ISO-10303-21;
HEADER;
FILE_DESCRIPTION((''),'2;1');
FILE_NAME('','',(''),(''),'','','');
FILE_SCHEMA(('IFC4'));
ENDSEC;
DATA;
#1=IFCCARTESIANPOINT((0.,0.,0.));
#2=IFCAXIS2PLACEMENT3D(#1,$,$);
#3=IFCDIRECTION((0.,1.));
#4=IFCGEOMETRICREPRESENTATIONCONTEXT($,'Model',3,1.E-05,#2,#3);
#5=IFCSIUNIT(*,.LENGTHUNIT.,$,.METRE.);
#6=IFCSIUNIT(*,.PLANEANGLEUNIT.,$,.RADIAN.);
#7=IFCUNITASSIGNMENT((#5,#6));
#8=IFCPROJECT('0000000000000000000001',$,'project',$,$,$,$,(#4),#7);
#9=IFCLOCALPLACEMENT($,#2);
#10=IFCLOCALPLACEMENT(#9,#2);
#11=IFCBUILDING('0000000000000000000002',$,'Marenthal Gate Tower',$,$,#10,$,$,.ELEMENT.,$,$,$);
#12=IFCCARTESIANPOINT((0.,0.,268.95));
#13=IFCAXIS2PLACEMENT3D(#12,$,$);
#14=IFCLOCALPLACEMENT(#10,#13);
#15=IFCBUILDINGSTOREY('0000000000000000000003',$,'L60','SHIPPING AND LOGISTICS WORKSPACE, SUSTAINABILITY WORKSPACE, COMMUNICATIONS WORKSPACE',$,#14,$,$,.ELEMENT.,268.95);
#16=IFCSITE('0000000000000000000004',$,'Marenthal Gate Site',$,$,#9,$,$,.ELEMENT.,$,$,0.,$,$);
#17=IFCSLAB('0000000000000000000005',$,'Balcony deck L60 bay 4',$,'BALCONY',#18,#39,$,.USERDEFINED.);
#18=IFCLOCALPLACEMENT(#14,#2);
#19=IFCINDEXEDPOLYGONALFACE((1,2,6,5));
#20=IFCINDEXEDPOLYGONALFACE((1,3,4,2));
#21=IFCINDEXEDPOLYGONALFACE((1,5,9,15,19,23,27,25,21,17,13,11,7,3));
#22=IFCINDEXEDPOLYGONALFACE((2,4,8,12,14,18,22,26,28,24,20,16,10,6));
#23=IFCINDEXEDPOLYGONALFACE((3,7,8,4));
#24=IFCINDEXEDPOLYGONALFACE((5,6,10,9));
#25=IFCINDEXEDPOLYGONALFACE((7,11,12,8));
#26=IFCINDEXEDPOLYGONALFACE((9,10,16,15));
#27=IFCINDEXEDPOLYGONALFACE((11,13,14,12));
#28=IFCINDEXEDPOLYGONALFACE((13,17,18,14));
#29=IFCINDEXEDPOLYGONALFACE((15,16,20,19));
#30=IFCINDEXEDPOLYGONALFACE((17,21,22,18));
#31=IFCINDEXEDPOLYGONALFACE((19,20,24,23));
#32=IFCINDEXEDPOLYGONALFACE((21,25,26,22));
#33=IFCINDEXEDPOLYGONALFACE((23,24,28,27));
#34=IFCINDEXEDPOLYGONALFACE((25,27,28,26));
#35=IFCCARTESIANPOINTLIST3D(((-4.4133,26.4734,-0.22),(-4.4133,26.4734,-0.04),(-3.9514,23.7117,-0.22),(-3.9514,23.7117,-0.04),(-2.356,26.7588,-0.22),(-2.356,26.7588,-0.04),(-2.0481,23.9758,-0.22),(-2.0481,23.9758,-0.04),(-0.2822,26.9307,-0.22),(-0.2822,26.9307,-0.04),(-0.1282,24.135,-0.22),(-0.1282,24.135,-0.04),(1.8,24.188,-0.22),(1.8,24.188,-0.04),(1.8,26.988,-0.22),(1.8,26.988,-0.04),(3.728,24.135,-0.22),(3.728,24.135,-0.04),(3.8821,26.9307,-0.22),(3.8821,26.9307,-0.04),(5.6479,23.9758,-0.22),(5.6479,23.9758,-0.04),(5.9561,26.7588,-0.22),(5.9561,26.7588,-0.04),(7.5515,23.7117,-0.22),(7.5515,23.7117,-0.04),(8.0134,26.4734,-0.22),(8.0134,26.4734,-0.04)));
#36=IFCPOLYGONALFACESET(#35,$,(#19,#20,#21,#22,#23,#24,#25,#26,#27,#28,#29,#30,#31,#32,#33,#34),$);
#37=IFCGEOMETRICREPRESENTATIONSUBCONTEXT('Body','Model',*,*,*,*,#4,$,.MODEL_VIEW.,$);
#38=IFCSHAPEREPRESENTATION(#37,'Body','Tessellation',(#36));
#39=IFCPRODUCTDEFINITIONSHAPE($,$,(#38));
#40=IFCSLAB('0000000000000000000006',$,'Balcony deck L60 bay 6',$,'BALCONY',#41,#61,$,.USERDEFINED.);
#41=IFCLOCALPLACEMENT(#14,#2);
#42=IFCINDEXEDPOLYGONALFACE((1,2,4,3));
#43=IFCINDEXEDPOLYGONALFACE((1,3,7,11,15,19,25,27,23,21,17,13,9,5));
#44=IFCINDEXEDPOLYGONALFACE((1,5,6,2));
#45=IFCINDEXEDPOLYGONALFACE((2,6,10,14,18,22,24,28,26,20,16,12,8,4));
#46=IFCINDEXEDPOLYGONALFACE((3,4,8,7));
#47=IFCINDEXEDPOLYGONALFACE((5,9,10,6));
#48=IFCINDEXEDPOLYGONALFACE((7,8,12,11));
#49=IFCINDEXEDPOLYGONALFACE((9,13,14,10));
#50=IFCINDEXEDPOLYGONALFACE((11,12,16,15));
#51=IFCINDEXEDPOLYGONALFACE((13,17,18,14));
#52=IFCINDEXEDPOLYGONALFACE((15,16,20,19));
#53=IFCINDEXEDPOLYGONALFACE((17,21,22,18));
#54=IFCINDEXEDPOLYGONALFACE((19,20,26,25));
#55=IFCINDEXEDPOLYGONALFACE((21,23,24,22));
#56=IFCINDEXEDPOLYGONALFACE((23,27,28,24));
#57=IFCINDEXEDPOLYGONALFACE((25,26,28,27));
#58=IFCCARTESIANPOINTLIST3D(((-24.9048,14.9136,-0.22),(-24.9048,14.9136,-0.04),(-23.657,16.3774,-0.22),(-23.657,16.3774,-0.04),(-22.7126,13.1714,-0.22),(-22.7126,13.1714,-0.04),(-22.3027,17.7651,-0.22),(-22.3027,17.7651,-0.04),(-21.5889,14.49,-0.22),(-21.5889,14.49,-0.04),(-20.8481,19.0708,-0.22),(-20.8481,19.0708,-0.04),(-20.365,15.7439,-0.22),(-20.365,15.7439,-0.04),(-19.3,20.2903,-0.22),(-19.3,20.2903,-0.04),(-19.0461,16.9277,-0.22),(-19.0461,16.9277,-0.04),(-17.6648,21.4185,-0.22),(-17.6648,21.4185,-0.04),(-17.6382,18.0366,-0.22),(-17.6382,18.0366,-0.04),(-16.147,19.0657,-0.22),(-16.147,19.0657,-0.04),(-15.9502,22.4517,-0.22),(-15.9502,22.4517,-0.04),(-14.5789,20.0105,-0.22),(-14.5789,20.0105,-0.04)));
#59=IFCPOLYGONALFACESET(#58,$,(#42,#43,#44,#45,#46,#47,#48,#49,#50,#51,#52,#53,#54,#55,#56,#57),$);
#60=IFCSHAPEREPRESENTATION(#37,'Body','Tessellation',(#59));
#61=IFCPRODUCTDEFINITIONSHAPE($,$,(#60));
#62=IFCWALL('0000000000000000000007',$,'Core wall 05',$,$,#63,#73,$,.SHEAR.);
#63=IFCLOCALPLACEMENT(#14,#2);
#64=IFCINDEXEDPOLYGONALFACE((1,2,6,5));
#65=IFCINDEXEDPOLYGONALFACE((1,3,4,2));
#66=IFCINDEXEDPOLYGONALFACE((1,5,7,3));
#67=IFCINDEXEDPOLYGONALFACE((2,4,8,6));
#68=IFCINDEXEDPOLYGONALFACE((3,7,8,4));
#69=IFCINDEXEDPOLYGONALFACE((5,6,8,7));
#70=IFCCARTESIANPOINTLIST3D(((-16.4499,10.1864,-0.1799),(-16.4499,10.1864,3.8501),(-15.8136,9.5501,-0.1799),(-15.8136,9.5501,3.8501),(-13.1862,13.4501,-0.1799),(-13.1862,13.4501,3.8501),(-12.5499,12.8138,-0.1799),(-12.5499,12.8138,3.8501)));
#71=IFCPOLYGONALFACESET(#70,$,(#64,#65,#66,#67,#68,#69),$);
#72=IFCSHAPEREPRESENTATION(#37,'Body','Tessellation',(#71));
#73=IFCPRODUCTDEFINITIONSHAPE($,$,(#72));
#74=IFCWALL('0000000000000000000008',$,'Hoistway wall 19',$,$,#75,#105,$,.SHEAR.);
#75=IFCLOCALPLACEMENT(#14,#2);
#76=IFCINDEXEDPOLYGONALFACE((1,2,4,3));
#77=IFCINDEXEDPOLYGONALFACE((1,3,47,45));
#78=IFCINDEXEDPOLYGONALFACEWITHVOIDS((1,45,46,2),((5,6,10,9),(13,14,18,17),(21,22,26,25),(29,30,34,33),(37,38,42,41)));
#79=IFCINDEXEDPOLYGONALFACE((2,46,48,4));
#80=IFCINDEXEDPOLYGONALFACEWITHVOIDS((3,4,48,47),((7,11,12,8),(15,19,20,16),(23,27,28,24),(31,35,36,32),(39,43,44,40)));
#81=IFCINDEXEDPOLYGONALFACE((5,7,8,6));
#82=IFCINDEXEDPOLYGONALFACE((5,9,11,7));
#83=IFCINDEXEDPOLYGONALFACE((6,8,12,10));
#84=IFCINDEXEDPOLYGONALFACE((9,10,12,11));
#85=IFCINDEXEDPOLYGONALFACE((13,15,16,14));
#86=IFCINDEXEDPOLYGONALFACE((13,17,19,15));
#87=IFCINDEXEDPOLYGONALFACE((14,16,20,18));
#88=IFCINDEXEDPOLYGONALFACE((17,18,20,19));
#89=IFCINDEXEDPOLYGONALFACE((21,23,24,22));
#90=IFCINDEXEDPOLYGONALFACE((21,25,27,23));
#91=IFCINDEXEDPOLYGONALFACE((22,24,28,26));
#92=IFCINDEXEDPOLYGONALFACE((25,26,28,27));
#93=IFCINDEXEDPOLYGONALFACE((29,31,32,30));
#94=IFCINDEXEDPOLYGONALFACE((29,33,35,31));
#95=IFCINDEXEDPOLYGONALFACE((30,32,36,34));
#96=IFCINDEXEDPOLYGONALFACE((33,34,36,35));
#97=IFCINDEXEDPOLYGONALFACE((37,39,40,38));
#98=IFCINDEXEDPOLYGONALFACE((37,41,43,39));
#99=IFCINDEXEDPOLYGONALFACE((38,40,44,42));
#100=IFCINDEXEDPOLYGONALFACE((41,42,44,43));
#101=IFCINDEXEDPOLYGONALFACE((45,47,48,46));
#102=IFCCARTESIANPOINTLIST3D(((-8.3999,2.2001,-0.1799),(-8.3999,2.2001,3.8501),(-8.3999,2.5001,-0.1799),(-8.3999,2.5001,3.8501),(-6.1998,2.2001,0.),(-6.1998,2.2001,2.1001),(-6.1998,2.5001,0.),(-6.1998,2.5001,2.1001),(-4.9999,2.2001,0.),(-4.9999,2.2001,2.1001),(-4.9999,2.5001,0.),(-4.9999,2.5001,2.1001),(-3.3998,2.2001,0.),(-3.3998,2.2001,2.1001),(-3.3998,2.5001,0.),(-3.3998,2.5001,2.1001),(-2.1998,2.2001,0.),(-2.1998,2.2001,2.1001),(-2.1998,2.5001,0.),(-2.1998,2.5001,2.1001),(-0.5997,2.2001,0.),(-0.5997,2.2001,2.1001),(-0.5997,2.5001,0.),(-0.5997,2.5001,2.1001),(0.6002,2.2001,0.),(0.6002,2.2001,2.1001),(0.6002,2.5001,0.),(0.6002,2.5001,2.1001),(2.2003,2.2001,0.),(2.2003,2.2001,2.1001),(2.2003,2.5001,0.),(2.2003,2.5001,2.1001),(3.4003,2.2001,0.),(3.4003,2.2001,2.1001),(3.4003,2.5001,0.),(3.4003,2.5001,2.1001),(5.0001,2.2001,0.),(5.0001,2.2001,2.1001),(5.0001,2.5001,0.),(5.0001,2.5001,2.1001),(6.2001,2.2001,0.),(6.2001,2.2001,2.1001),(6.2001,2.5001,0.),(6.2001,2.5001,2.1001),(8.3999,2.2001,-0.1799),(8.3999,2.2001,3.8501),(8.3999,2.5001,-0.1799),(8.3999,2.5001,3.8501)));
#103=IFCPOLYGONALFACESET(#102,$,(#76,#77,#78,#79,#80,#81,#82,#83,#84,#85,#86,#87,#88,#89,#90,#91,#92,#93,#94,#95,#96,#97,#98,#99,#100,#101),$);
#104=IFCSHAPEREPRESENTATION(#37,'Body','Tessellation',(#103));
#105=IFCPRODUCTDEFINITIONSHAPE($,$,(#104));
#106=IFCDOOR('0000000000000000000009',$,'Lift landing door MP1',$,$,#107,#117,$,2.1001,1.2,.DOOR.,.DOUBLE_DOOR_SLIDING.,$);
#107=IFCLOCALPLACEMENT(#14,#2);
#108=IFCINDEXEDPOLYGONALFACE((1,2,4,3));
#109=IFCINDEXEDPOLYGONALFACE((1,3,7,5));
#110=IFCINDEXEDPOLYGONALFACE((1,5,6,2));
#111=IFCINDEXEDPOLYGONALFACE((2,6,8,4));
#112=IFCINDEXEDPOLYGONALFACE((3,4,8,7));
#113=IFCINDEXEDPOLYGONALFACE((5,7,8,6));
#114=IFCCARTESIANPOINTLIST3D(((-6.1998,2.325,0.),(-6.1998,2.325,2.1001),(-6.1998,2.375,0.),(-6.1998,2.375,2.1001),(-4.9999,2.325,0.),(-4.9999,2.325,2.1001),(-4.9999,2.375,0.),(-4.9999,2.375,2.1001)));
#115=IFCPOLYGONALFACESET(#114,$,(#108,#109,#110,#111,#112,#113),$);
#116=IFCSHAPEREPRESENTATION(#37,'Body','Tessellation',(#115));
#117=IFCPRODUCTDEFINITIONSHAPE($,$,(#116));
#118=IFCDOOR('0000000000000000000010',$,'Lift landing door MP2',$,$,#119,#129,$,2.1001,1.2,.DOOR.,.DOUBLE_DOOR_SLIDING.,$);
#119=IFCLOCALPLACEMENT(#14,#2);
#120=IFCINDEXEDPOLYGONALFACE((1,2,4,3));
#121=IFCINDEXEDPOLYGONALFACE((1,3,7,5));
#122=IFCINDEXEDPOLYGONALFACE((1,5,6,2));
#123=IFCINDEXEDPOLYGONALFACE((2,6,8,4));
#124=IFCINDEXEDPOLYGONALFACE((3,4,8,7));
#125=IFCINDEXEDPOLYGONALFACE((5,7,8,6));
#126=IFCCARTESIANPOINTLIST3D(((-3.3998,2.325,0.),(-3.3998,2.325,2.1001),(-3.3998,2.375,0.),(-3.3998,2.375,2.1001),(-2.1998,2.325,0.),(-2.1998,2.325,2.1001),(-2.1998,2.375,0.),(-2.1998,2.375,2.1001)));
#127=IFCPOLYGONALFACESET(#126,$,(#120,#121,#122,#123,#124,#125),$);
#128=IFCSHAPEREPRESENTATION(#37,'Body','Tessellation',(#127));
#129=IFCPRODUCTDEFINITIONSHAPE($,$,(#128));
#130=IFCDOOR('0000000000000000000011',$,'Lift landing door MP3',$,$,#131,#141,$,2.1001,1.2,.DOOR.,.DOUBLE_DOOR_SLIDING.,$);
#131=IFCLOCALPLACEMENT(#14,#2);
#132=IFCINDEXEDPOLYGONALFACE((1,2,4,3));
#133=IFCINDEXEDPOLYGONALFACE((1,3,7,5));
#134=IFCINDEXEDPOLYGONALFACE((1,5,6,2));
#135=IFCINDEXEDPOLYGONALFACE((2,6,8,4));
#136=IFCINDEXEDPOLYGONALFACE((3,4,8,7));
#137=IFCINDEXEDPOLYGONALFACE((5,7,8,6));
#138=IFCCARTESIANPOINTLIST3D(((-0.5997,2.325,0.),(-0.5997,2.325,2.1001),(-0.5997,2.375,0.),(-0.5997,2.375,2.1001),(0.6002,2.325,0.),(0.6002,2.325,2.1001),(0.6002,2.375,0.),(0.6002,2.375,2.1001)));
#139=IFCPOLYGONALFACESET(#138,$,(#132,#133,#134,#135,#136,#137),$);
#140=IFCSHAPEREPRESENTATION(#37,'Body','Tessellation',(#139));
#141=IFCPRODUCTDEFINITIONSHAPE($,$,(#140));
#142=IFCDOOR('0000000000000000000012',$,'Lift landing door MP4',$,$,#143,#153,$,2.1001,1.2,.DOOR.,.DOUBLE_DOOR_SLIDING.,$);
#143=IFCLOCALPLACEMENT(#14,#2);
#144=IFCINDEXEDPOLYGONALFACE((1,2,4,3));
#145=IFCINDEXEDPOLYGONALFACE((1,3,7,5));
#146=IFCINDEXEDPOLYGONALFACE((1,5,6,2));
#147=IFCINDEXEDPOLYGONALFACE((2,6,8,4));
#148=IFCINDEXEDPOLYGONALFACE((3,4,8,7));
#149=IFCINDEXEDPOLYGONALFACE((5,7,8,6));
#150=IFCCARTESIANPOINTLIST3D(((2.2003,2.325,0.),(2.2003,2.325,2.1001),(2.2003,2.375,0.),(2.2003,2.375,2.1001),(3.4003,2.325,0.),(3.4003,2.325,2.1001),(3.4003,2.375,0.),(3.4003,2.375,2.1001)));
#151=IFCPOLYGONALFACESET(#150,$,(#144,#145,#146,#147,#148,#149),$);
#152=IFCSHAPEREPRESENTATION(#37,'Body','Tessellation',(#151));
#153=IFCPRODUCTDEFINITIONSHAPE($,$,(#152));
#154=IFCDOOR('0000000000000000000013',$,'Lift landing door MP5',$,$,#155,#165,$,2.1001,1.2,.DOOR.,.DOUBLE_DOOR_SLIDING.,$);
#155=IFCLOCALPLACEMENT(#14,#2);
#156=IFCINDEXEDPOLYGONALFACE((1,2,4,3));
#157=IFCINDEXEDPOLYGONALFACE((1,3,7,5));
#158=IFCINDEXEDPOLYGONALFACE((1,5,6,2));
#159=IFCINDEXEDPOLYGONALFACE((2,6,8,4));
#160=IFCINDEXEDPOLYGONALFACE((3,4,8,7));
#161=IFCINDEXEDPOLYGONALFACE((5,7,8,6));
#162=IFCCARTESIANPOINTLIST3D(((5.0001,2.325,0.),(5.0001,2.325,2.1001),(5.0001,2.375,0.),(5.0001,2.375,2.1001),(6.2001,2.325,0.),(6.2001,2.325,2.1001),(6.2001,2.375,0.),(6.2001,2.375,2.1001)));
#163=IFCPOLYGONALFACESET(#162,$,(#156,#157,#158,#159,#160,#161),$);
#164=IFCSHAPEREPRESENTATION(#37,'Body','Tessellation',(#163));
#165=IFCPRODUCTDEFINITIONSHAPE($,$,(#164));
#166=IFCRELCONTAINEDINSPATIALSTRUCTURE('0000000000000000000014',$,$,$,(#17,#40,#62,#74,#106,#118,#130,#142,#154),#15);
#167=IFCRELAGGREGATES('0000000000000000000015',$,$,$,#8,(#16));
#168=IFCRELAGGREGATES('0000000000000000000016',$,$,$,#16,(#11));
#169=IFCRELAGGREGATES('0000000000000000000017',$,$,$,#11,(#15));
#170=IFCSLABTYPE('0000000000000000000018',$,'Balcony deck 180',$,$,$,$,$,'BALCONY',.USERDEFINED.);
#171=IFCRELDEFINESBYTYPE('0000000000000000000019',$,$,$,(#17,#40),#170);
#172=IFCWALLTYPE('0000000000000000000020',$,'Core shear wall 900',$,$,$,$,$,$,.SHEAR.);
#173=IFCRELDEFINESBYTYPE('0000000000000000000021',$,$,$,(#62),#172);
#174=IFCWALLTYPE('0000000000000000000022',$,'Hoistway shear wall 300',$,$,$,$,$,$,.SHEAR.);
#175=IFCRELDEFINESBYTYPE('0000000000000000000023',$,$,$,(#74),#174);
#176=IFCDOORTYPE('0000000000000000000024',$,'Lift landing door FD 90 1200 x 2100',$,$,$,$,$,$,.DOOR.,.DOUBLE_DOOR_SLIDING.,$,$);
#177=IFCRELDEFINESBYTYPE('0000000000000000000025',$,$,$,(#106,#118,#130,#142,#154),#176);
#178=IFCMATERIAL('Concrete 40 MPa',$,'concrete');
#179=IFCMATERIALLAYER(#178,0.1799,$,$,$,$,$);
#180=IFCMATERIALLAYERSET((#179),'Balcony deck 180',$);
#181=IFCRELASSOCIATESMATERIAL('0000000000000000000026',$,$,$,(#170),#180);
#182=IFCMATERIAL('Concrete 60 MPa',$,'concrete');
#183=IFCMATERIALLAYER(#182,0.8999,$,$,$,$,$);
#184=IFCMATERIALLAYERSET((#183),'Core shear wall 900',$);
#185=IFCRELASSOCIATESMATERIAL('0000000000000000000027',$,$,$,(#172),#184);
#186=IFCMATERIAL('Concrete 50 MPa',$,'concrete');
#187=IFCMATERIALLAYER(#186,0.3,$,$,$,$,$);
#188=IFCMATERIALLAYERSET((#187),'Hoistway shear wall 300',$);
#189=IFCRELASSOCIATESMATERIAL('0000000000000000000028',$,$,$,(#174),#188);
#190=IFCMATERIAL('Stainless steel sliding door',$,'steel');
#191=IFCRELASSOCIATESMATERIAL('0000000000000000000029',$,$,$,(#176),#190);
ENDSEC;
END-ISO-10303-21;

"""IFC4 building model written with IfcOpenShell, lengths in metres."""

from ifc_helpers import new_model, si_unit, direction, frame, frame_2d, origin, place, context, subcontext, project, spatial, polyline, rectangle, outline, extrude, material, layer, layer_set, type_object, element, fill, save


model = new_model("IFC4")

# Units and contexts
model_context = context("Model", 3, precision=1e-05, world=origin(), true_north=direction((0.0, 1.0)))
body_context = subcontext(model_context, "Body", "Model", "MODEL_VIEW")
ifc_project = project(units=[si_unit("LENGTHUNIT", "METRE"), si_unit("PLANEANGLEUNIT", "RADIAN")], contexts=[model_context])

# Site, building, storey
site_placement = place(None, origin())
site = spatial("IfcSite", under=ifc_project, at=site_placement, Name="Marenthal Gate Site", CompositionType="ELEMENT", RefElevation=0.0)
building_placement = place(site_placement, origin())
building = spatial("IfcBuilding", under=site, at=building_placement, Name="Marenthal Gate Tower", CompositionType="ELEMENT")
storey_placement = place(building_placement, frame((0.0, 0.0, 268.95)))
storey = spatial("IfcBuildingStorey", under=building, at=storey_placement, Name="L60", Description="SHIPPING AND LOGISTICS WORKSPACE, SUSTAINABILITY WORKSPACE, COMMUNICATIONS WORKSPACE", CompositionType="ELEMENT", Elevation=268.95)

# Slabs
ifc_material_1 = material(Name="Concrete 40 MPa", Category="concrete")
ifc_layer_1 = layer(ifc_material_1, 0.1799)
ifc_layer_set_1 = layer_set([ifc_layer_1], Name="Balcony deck 180")
slab_type = type_object("IfcSlabType", Name="Balcony deck 180", ElementType="BALCONY", PredefinedType="USERDEFINED", material=ifc_layer_set_1)
slab_1_placement = place(storey_placement, frame((0.0, 0.0, -0.22)))
element("IfcSlab", 1, at=slab_1_placement, inside=storey, type_object=slab_type, Name="Balcony deck L60 bay 4", ObjectType="BALCONY", PredefinedType="USERDEFINED", context=body_context, shape_type="SweptSolid", body=[
    extrude(outline(polyline([(7.5515, 23.7117), (5.6479, 23.9758), (3.728, 24.135), (1.8, 24.188), (-0.1282, 24.135), (-2.0481, 23.9758), (-3.9514, 23.7117), (-4.4133, 26.4734), (-2.356, 26.7588), (-0.2822, 26.9307), (1.8, 26.988), (3.8821, 26.9307), (5.9561, 26.7588), (8.0134, 26.4734), (7.5515, 23.7117)])), origin(), (0.0, 0.0, 1.0), 0.1799),
])
slab_2_placement = place(storey_placement, frame((0.0, 0.0, -0.22)))
element("IfcSlab", 2, at=slab_2_placement, inside=storey, type_object=slab_type, Name="Balcony deck L60 bay 6", ObjectType="BALCONY", PredefinedType="USERDEFINED", context=body_context, shape_type="SweptSolid", body=[
    extrude(outline(polyline([(-14.5789, 20.0105), (-16.147, 19.0657), (-17.6382, 18.0366), (-19.0461, 16.9277), (-20.365, 15.7439), (-21.5889, 14.49), (-22.7126, 13.1714), (-24.9048, 14.9136), (-23.657, 16.3774), (-22.3027, 17.7651), (-20.8481, 19.0708), (-19.3, 20.2903), (-17.6648, 21.4185), (-15.9502, 22.4517), (-14.5789, 20.0105)])), origin(), (0.0, 0.0, 1.0), 0.1799),
])

# Wall
ifc_material_2 = material(Name="Concrete 60 MPa", Category="concrete")
ifc_layer_2 = layer(ifc_material_2, 0.8999)
ifc_layer_set_2 = layer_set([ifc_layer_2], Name="Core shear wall 900")
wall_type_1 = type_object("IfcWallType", Name="Core shear wall 900", PredefinedType="SHEAR", material=ifc_layer_set_2)
wall_1_placement = place(storey_placement, frame((-12.8682, 13.1318, -0.1799), z_axis=(0.0, 0.0, 1.0), x_axis=(-0.707107, -0.707107, 0.0)))
element("IfcWall", 3, at=wall_1_placement, inside=storey, type_object=wall_type_1, Name="Core wall 05", PredefinedType="SHEAR", context=body_context, shape_type="SweptSolid", body=[
    extrude(rectangle(XDim=4.6155, YDim=0.8999, at=frame_2d((2.3076, 0.0))), origin(), (0.0, 0.0, 1.0), 4.03),
])

# Wall, openings, doors
ifc_material_3 = material(Name="Concrete 50 MPa", Category="concrete")
ifc_layer_3 = layer(ifc_material_3, 0.3)
ifc_layer_set_3 = layer_set([ifc_layer_3], Name="Hoistway shear wall 300")
wall_type_2 = type_object("IfcWallType", Name="Hoistway shear wall 300", PredefinedType="SHEAR", material=ifc_layer_set_3)
wall_2_placement = place(storey_placement, frame((-8.3999, 2.3501, -0.1799), z_axis=(0.0, 0.0, 1.0), x_axis=(1.0, 0.0, 0.0)))
wall_2 = element("IfcWall", 4, at=wall_2_placement, inside=storey, type_object=wall_type_2, Name="Hoistway wall 19", PredefinedType="SHEAR", context=body_context, shape_type="SweptSolid", body=[
    extrude(rectangle(XDim=16.7998, YDim=0.3, at=frame_2d((8.3999, 0.0))), origin(), (0.0, 0.0, 1.0), 4.03),
])
opening_1_placement = place(wall_2_placement, frame((2.2, 0.0, 0.1799)))
opening_1 = element("IfcOpeningElement", 5, at=opening_1_placement, cuts=wall_2, PredefinedType="OPENING", context=body_context, shape_type="SweptSolid", body=[
    extrude(rectangle(XDim=1.2, YDim=2.1001, at=frame_2d((0.6001, 1.05))), frame((0.0, 0.1602, 0.0), z_axis=(0.0, -1.0, 0.0), x_axis=(1.0, 0.0, 0.0)), (0.0, 0.0, 1.0), 0.3201),
])
opening_2_placement = place(wall_2_placement, frame((5.0, 0.0, 0.1799)))
opening_2 = element("IfcOpeningElement", 6, at=opening_2_placement, cuts=wall_2, PredefinedType="OPENING", context=body_context, shape_type="SweptSolid", body=[
    extrude(rectangle(XDim=1.2, YDim=2.1001, at=frame_2d((0.6001, 1.05))), frame((0.0, 0.1602, 0.0), z_axis=(0.0, -1.0, 0.0), x_axis=(1.0, 0.0, 0.0)), (0.0, 0.0, 1.0), 0.3201),
])
opening_3_placement = place(wall_2_placement, frame((7.8, 0.0, 0.1799)))
opening_3 = element("IfcOpeningElement", 7, at=opening_3_placement, cuts=wall_2, PredefinedType="OPENING", context=body_context, shape_type="SweptSolid", body=[
    extrude(rectangle(XDim=1.2, YDim=2.1001, at=frame_2d((0.6001, 1.05))), frame((0.0, 0.1602, 0.0), z_axis=(0.0, -1.0, 0.0), x_axis=(1.0, 0.0, 0.0)), (0.0, 0.0, 1.0), 0.3201),
])
opening_4_placement = place(wall_2_placement, frame((10.6001, 0.0, 0.1799)))
opening_4 = element("IfcOpeningElement", 8, at=opening_4_placement, cuts=wall_2, PredefinedType="OPENING", context=body_context, shape_type="SweptSolid", body=[
    extrude(rectangle(XDim=1.2, YDim=2.1001, at=frame_2d((0.6001, 1.05))), frame((0.0, 0.1602, 0.0), z_axis=(0.0, -1.0, 0.0), x_axis=(1.0, 0.0, 0.0)), (0.0, 0.0, 1.0), 0.3201),
])
opening_5_placement = place(wall_2_placement, frame((13.3999, 0.0, 0.1799)))
opening_5 = element("IfcOpeningElement", 9, at=opening_5_placement, cuts=wall_2, PredefinedType="OPENING", context=body_context, shape_type="SweptSolid", body=[
    extrude(rectangle(XDim=1.2, YDim=2.1001, at=frame_2d((0.6001, 1.05))), frame((0.0, 0.1602, 0.0), z_axis=(0.0, -1.0, 0.0), x_axis=(1.0, 0.0, 0.0)), (0.0, 0.0, 1.0), 0.3201),
])
ifc_material_4 = material(Name="Stainless steel sliding door", Category="steel")
door_type_1 = type_object("IfcDoorType", Name="Lift landing door FD 90 1200 x 2100", OperationType="DOUBLE_DOOR_SLIDING", PredefinedType="DOOR", material=ifc_material_4)
door_1_placement = place(opening_1_placement, origin())
door_1 = element("IfcDoor", 10, at=door_1_placement, inside=storey, type_object=door_type_1, Name="Lift landing door MP1", OperationType="DOUBLE_DOOR_SLIDING", OverallHeight=2.1001, OverallWidth=1.2, PredefinedType="DOOR", context=body_context, shape_type="SweptSolid", body=[
    extrude(rectangle(XDim=1.2, YDim=2.1001, at=frame_2d((0.6001, 1.05))), frame((0.0, 0.0249, 0.0), z_axis=(0.0, -1.0, 0.0), x_axis=(1.0, 0.0, 0.0)), (0.0, 0.0, 1.0), 0.05),
])
fill(opening_1, door_1)
door_2_placement = place(opening_2_placement, origin())
door_2 = element("IfcDoor", 11, at=door_2_placement, inside=storey, type_object=door_type_1, Name="Lift landing door MP2", OperationType="DOUBLE_DOOR_SLIDING", OverallHeight=2.1001, OverallWidth=1.2, PredefinedType="DOOR", context=body_context, shape_type="SweptSolid", body=[
    extrude(rectangle(XDim=1.2, YDim=2.1001, at=frame_2d((0.6001, 1.05))), frame((0.0, 0.0249, 0.0), z_axis=(0.0, -1.0, 0.0), x_axis=(1.0, 0.0, 0.0)), (0.0, 0.0, 1.0), 0.05),
])
fill(opening_2, door_2)
door_3_placement = place(opening_3_placement, origin())
door_3 = element("IfcDoor", 12, at=door_3_placement, inside=storey, type_object=door_type_1, Name="Lift landing door MP3", OperationType="DOUBLE_DOOR_SLIDING", OverallHeight=2.1001, OverallWidth=1.2, PredefinedType="DOOR", context=body_context, shape_type="SweptSolid", body=[
    extrude(rectangle(XDim=1.2, YDim=2.1001, at=frame_2d((0.6001, 1.05))), frame((0.0, 0.0249, 0.0), z_axis=(0.0, -1.0, 0.0), x_axis=(1.0, 0.0, 0.0)), (0.0, 0.0, 1.0), 0.05),
])
fill(opening_3, door_3)
door_4_placement = place(opening_4_placement, origin())
door_4 = element("IfcDoor", 13, at=door_4_placement, inside=storey, type_object=door_type_1, Name="Lift landing door MP4", OperationType="DOUBLE_DOOR_SLIDING", OverallHeight=2.1001, OverallWidth=1.2, PredefinedType="DOOR", context=body_context, shape_type="SweptSolid", body=[
    extrude(rectangle(XDim=1.2, YDim=2.1001, at=frame_2d((0.6001, 1.05))), frame((0.0, 0.0249, 0.0), z_axis=(0.0, -1.0, 0.0), x_axis=(1.0, 0.0, 0.0)), (0.0, 0.0, 1.0), 0.05),
])
fill(opening_4, door_4)
door_5_placement = place(opening_5_placement, origin())
door_5 = element("IfcDoor", 14, at=door_5_placement, inside=storey, type_object=door_type_1, Name="Lift landing door MP5", OperationType="DOUBLE_DOOR_SLIDING", OverallHeight=2.1001, OverallWidth=1.2, PredefinedType="DOOR", context=body_context, shape_type="SweptSolid", body=[
    extrude(rectangle(XDim=1.2, YDim=2.1001, at=frame_2d((0.6001, 1.05))), frame((0.0, 0.0249, 0.0), z_axis=(0.0, -1.0, 0.0), x_axis=(1.0, 0.0, 0.0)), (0.0, 0.0, 1.0), 0.05),
])
fill(opening_5, door_5)

save(model, "model.ifc")
